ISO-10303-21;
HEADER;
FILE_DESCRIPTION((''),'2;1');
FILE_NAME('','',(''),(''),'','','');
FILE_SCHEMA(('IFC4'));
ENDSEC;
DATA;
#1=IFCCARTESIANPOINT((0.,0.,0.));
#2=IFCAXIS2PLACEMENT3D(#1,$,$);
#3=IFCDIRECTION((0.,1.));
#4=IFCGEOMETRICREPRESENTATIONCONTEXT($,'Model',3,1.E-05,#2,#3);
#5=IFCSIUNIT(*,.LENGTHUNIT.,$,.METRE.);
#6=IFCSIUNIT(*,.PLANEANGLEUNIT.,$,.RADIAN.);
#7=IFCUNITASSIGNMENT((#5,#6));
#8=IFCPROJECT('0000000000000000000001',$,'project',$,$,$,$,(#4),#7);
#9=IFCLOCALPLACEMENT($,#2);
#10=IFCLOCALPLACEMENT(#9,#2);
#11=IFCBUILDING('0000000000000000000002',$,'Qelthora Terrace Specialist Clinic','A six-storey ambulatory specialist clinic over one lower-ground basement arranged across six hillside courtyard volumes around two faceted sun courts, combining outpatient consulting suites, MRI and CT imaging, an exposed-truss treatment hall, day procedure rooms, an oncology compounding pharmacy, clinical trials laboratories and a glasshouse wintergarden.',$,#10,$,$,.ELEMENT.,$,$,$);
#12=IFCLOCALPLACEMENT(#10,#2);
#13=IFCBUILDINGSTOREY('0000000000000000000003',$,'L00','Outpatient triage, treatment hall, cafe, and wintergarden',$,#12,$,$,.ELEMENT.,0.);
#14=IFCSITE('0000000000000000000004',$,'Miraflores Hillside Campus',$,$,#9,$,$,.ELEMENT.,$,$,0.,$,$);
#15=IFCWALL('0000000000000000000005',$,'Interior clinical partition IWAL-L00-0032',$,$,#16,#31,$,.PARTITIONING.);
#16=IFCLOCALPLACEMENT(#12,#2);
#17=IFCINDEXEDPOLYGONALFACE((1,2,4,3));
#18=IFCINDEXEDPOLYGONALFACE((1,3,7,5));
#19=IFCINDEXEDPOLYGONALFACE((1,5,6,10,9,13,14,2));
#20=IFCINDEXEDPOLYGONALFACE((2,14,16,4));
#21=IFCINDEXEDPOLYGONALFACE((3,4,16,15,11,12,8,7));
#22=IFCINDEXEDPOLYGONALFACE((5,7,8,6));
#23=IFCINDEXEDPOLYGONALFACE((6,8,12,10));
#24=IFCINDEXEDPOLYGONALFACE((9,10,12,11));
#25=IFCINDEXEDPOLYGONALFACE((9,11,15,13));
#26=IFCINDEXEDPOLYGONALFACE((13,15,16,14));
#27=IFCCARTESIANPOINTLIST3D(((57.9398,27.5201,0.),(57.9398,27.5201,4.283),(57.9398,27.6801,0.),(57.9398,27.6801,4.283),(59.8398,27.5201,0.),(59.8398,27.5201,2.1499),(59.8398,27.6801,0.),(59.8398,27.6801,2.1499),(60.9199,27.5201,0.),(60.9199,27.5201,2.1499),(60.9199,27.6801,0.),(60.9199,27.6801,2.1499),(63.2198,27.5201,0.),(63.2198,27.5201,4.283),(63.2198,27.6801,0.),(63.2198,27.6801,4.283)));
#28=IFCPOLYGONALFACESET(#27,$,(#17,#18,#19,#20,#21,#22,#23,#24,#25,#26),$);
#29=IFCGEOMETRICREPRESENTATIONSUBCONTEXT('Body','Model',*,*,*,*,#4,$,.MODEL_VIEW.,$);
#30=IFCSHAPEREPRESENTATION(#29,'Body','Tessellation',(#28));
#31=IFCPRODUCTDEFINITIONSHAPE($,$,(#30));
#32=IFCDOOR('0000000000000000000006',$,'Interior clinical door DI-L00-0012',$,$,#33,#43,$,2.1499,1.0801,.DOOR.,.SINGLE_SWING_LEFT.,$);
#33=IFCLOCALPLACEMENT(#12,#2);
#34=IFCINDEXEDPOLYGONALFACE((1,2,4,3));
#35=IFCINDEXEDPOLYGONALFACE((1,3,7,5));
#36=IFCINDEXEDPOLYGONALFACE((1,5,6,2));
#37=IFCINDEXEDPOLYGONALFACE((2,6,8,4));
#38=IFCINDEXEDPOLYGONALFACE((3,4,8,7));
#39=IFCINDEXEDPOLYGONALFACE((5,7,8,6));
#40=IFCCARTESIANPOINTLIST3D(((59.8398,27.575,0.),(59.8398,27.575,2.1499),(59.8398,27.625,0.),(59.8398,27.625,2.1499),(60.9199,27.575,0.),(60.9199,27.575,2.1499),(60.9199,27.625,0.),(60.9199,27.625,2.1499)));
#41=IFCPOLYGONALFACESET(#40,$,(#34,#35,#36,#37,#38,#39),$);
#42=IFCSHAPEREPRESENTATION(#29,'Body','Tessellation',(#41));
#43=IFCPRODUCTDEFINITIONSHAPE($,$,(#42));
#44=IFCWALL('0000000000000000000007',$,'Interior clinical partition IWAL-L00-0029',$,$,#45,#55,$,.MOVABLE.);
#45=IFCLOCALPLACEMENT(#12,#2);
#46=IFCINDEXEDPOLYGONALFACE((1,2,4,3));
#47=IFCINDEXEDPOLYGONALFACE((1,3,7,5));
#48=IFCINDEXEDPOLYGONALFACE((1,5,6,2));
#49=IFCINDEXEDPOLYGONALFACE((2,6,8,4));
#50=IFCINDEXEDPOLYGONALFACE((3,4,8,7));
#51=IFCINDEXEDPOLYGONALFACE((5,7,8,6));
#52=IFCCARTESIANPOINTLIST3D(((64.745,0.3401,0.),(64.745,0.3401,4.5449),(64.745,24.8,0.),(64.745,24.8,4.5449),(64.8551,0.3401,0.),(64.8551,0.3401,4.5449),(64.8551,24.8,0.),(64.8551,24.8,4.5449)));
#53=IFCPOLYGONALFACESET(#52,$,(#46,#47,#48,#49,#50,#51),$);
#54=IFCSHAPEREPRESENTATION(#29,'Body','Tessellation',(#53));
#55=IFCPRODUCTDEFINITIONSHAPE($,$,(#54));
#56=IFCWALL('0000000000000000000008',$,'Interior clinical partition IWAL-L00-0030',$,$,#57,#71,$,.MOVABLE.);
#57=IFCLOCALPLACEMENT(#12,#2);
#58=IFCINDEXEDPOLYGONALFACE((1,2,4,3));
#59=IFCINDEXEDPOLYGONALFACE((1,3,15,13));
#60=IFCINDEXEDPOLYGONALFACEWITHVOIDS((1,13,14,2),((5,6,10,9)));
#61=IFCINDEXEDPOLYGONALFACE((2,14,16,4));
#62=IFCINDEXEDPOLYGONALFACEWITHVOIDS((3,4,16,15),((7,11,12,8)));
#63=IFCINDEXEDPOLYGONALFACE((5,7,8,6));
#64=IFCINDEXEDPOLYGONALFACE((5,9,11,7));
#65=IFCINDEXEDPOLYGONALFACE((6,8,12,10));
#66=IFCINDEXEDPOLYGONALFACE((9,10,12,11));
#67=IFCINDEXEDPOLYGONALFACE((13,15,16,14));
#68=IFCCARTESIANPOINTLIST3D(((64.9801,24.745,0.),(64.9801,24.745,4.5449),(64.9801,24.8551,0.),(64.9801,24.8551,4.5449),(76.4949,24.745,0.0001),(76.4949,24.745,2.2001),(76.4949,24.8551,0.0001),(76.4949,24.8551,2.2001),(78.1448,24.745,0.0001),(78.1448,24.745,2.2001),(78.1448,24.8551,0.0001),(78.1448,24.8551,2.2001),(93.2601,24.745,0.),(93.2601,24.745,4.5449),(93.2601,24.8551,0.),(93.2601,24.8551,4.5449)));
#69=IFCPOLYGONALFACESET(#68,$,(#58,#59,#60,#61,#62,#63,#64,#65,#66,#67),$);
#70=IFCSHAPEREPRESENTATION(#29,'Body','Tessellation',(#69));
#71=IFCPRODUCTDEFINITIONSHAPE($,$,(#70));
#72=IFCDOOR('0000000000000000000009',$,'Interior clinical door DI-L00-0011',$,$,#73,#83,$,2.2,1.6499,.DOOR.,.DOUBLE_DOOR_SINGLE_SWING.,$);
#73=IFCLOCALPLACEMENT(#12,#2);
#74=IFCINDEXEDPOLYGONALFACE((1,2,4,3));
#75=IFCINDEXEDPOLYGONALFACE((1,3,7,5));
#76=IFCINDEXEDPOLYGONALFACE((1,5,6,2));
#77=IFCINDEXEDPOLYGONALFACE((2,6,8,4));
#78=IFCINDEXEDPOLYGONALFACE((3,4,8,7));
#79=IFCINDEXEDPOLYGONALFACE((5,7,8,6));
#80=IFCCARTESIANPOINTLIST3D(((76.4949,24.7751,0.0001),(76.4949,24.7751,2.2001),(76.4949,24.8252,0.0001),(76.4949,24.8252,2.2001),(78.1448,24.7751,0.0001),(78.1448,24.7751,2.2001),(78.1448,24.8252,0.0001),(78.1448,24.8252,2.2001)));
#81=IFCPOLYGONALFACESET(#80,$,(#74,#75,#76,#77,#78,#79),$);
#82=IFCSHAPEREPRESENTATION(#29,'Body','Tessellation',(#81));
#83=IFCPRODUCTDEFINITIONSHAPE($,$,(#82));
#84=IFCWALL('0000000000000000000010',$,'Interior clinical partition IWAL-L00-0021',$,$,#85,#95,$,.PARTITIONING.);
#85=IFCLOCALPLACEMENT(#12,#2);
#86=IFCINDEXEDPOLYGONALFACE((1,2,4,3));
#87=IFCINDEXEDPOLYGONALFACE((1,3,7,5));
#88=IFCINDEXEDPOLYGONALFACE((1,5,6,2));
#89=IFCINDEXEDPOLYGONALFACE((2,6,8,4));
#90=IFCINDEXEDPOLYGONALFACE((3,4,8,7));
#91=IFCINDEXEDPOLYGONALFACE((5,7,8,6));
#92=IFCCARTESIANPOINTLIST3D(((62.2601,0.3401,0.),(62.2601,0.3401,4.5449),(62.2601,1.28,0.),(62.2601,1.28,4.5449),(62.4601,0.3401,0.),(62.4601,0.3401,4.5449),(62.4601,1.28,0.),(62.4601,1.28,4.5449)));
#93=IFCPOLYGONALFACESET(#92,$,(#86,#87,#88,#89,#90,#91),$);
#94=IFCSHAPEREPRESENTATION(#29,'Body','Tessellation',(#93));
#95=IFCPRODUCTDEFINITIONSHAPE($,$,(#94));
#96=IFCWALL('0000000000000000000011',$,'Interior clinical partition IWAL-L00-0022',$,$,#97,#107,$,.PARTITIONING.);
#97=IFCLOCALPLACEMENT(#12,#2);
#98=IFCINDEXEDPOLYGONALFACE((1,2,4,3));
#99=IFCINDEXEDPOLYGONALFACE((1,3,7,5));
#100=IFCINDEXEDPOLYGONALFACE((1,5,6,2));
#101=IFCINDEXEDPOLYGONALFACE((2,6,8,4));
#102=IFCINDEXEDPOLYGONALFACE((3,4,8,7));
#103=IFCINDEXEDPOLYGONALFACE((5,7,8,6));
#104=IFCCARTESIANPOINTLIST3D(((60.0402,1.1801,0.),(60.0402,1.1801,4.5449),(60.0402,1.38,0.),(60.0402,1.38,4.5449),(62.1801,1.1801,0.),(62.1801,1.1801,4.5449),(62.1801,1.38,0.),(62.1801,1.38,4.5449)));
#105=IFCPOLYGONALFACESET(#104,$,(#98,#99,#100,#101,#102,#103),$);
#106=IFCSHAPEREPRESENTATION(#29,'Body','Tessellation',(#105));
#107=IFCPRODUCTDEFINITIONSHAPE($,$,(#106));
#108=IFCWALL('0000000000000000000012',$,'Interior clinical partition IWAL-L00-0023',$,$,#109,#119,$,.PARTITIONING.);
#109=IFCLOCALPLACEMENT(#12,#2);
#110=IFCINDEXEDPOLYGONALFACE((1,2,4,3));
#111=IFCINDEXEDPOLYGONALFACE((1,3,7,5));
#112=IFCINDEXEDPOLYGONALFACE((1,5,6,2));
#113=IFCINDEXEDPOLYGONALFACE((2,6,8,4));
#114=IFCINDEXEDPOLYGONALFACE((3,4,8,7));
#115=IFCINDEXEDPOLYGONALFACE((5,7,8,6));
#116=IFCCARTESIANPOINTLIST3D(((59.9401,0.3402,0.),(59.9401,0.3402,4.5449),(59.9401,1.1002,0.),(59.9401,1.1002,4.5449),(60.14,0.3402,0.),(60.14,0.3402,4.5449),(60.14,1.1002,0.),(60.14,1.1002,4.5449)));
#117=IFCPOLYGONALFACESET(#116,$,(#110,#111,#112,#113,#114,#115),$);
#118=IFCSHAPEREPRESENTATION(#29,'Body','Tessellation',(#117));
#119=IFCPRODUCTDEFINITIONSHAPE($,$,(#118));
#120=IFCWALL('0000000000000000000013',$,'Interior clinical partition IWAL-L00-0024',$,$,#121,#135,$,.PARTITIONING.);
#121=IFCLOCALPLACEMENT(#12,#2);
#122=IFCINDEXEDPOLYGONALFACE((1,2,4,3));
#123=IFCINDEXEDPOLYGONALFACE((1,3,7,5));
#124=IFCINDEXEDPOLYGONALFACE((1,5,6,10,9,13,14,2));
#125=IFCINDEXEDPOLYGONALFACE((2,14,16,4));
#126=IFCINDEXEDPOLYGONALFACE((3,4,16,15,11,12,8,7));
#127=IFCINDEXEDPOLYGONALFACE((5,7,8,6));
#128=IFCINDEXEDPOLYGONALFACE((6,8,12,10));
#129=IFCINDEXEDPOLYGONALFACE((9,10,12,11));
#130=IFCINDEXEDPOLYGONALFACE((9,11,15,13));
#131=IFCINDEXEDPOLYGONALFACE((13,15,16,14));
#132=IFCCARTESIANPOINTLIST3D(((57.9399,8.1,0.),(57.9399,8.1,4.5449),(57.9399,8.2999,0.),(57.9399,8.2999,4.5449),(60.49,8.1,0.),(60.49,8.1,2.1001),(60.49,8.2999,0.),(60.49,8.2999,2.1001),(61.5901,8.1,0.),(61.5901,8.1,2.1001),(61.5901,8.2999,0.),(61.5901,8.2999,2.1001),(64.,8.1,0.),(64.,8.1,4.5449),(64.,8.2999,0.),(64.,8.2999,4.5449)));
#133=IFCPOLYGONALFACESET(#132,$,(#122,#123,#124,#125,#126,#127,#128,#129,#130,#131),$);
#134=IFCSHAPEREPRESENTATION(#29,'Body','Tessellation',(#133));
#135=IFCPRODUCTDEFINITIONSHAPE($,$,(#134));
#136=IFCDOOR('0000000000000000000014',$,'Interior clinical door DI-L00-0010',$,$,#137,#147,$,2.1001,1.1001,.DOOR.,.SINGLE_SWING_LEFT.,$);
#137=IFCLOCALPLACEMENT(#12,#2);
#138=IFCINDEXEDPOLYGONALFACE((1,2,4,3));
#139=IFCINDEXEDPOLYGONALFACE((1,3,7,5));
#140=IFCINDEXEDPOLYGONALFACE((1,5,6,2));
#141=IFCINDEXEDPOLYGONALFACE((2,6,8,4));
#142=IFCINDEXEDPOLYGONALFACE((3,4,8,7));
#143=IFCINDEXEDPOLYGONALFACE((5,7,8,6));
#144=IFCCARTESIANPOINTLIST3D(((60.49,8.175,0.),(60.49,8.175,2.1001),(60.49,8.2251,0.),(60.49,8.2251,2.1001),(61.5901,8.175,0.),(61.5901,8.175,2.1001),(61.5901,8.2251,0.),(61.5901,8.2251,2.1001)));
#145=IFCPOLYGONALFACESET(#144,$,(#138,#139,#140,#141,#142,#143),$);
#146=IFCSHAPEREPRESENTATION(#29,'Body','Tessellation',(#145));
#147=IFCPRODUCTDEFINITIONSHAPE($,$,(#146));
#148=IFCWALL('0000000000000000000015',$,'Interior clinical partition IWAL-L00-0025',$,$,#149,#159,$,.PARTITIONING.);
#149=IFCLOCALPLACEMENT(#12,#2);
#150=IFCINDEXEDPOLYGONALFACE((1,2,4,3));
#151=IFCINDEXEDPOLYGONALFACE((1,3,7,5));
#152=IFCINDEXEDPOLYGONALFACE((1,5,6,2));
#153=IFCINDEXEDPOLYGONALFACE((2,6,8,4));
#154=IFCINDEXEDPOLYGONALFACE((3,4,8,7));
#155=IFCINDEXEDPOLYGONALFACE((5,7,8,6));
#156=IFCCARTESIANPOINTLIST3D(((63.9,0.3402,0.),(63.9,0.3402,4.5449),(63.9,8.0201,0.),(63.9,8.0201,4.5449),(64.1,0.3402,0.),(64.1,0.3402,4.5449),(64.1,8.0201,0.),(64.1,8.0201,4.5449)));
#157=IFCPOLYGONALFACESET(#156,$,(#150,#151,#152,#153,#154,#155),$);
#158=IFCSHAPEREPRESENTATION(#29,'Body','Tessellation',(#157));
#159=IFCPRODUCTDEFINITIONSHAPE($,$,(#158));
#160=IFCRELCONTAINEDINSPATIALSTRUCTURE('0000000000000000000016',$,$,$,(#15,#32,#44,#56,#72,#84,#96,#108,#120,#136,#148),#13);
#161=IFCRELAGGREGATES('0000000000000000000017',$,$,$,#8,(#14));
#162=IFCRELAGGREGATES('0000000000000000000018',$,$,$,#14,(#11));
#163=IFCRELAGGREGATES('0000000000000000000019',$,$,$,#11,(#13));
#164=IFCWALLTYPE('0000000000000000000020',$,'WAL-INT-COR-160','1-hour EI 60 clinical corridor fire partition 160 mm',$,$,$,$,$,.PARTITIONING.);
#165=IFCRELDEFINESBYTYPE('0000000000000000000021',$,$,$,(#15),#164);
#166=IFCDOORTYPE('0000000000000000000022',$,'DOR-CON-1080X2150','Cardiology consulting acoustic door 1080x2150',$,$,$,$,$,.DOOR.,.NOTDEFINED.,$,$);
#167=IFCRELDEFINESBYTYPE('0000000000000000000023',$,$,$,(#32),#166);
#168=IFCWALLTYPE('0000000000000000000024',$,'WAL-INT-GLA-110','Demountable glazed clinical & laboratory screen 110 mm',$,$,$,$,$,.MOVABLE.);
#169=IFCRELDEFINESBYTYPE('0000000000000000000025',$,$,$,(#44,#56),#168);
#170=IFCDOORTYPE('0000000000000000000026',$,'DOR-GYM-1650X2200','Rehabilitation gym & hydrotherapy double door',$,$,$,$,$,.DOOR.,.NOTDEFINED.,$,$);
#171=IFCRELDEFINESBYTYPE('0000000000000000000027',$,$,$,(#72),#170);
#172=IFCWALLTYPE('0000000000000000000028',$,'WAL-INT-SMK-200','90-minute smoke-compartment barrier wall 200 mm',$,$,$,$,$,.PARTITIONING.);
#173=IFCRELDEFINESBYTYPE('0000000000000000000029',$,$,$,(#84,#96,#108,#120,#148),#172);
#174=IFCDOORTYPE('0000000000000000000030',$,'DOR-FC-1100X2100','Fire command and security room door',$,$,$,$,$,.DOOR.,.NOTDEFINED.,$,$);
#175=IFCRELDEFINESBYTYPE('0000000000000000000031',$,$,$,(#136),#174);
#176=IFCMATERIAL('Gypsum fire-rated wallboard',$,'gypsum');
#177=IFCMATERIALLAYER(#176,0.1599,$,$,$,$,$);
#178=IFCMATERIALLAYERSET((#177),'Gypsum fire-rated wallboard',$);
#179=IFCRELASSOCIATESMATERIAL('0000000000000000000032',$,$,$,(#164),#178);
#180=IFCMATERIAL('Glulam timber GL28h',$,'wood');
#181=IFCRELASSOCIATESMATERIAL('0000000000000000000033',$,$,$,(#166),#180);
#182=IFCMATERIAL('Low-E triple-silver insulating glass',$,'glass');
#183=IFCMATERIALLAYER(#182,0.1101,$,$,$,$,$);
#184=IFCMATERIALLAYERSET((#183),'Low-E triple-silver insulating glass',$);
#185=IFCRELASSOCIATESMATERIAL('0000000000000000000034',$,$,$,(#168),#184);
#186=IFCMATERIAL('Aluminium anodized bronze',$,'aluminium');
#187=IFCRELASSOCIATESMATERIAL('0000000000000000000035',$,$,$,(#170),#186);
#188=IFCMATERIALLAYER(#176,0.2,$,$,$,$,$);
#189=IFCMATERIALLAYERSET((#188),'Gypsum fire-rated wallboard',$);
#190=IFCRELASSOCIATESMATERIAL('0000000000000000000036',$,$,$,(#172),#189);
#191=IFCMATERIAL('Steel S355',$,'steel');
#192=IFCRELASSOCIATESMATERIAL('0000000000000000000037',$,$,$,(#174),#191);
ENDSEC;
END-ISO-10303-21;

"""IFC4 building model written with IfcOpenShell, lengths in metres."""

from ifc_helpers import new_model, si_unit, direction, frame, frame_2d, origin, place, context, subcontext, project, spatial, rectangle, extrude, material, layer, layer_set, type_object, element, fill, save


model = new_model("IFC4")

# Units and contexts
model_context = context("Model", 3, precision=1e-05, world=origin(), true_north=direction((0.0, 1.0)))
body_context = subcontext(model_context, "Body", "Model", "MODEL_VIEW")
ifc_project = project(units=[si_unit("LENGTHUNIT", "METRE"), si_unit("PLANEANGLEUNIT", "RADIAN")], contexts=[model_context])

# Site, building, storey
site_placement = place(None, origin())
site = spatial("IfcSite", under=ifc_project, at=site_placement, Name="Miraflores Hillside Campus", CompositionType="ELEMENT", RefElevation=0.0)
building_placement = place(site_placement, origin())
building = spatial("IfcBuilding", under=site, at=building_placement, Name="Qelthora Terrace Specialist Clinic", Description="A six-storey ambulatory specialist clinic over one lower-ground basement arranged across six hillside courtyard volumes around two faceted sun courts, combining outpatient consulting suites, MRI and CT imaging, an exposed-truss treatment hall, day procedure rooms, an oncology compounding pharmacy, clinical trials laboratories and a glasshouse wintergarden.", CompositionType="ELEMENT")
storey_placement = place(building_placement, origin())
storey = spatial("IfcBuildingStorey", under=building, at=storey_placement, Name="L00", Description="Outpatient triage, treatment hall, cafe, and wintergarden", CompositionType="ELEMENT", Elevation=0.0)

# Shared definitions
ifc_material_1 = material(Name="Steel S355", Category="steel")

# Shared definitions
ifc_material_2 = material(Name="Aluminium anodized bronze", Category="aluminium")
ifc_material_3 = material(Name="Low-E triple-silver insulating glass", Category="glass")

# Shared definitions
ifc_material_4 = material(Name="Gypsum fire-rated wallboard", Category="gypsum")

# Wall, opening, door
ifc_layer_1 = layer(ifc_material_4, 0.1599)
ifc_layer_set_1 = layer_set([ifc_layer_1], Name="Gypsum fire-rated wallboard")
wall_type_1 = type_object("IfcWallType", Name="WAL-INT-COR-160", Description="1-hour EI 60 clinical corridor fire partition 160 mm", PredefinedType="PARTITIONING", material=ifc_layer_set_1)
wall_1_placement = place(storey_placement, frame((63.22, 27.6001, 0.0), z_axis=(0.0, 0.0, 1.0), x_axis=(-1.0, 0.0, 0.0)))
wall_1 = element("IfcWall", 1, at=wall_1_placement, inside=storey, type_object=wall_type_1, Name="Interior clinical partition IWAL-L00-0032", PredefinedType="PARTITIONING", context=body_context, shape_type="SweptSolid", body=[
    extrude(rectangle(XDim=5.28, YDim=0.1599, at=frame_2d((2.6401, 0.0))), origin(), (0.0, 0.0, 1.0), 4.283),
])
opening_1_placement = place(wall_1_placement, frame((2.3, 0.0, 0.0)))
opening_1 = element("IfcOpeningElement", 2, at=opening_1_placement, cuts=wall_1, PredefinedType="OPENING", context=body_context, shape_type="SweptSolid", body=[
    extrude(rectangle(XDim=1.0801, YDim=2.1499, at=frame_2d((0.54, 1.075))), frame((0.0, 0.0898, 0.0), z_axis=(0.0, -1.0, 0.0), x_axis=(1.0, 0.0, 0.0)), (0.0, 0.0, 1.0), 0.1799),
])
ifc_material_5 = material(Name="Glulam timber GL28h", Category="wood")
door_type_1 = type_object("IfcDoorType", Name="DOR-CON-1080X2150", Description="Cardiology consulting acoustic door 1080x2150", OperationType="NOTDEFINED", PredefinedType="DOOR", material=ifc_material_5)
door_1_placement = place(opening_1_placement, frame((1.0801, 0.0, 0.0), z_axis=(0.0, 0.0, 1.0), x_axis=(-1.0, 0.0, 0.0)))
door_1 = element("IfcDoor", 3, at=door_1_placement, inside=storey, type_object=door_type_1, Name="Interior clinical door DI-L00-0012", OperationType="SINGLE_SWING_LEFT", OverallHeight=2.1499, OverallWidth=1.0801, PredefinedType="DOOR", context=body_context, shape_type="SweptSolid", body=[
    extrude(rectangle(XDim=1.0801, YDim=2.1499, at=frame_2d((0.54, 1.075))), frame((0.0, 0.0249, 0.0), z_axis=(0.0, -1.0, 0.0), x_axis=(1.0, 0.0, 0.0)), (0.0, 0.0, 1.0), 0.05),
])
fill(opening_1, door_1)

# Wall
ifc_layer_2 = layer(ifc_material_3, 0.1101)
ifc_layer_set_2 = layer_set([ifc_layer_2], Name="Low-E triple-silver insulating glass")
wall_type_2 = type_object("IfcWallType", Name="WAL-INT-GLA-110", Description="Demountable glazed clinical & laboratory screen 110 mm", PredefinedType="MOVABLE", material=ifc_layer_set_2)
wall_2_placement = place(storey_placement, frame((64.8, 0.3401, 0.0), z_axis=(0.0, 0.0, 1.0), x_axis=(0.0, 1.0, 0.0)))
element("IfcWall", 4, at=wall_2_placement, inside=storey, type_object=wall_type_2, Name="Interior clinical partition IWAL-L00-0029", PredefinedType="MOVABLE", context=body_context, shape_type="SweptSolid", body=[
    extrude(rectangle(XDim=24.46, YDim=0.1101, at=frame_2d((12.23, 0.0))), origin(), (0.0, 0.0, 1.0), 4.5449),
])

# Wall, opening, door
wall_3_placement = place(storey_placement, frame((64.98, 24.8, 0.0), z_axis=(0.0, 0.0, 1.0), x_axis=(1.0, 0.0, 0.0)))
wall_3 = element("IfcWall", 5, at=wall_3_placement, inside=storey, type_object=wall_type_2, Name="Interior clinical partition IWAL-L00-0030", PredefinedType="MOVABLE", context=body_context, shape_type="SweptSolid", body=[
    extrude(rectangle(XDim=28.28, YDim=0.1101, at=frame_2d((14.1401, 0.0))), origin(), (0.0, 0.0, 1.0), 4.5449),
])
opening_2_placement = place(wall_3_placement, frame((11.5149, 0.0, 0.0)))
opening_2 = element("IfcOpeningElement", 6, at=opening_2_placement, cuts=wall_3, PredefinedType="OPENING", context=body_context, shape_type="SweptSolid", body=[
    extrude(rectangle(XDim=1.6499, YDim=2.2, at=frame_2d((0.825, 1.1001))), frame((0.0, 0.0649, 0.0), z_axis=(0.0, -1.0, 0.0), x_axis=(1.0, 0.0, 0.0)), (0.0, 0.0, 1.0), 0.1301),
])
door_type_2 = type_object("IfcDoorType", Name="DOR-GYM-1650X2200", Description="Rehabilitation gym & hydrotherapy double door", OperationType="NOTDEFINED", PredefinedType="DOOR", material=ifc_material_2)
door_2_placement = place(opening_2_placement, frame((1.6499, 0.0, 0.0), z_axis=(0.0, 0.0, 1.0), x_axis=(-1.0, 0.0, 0.0)))
door_2 = element("IfcDoor", 7, at=door_2_placement, inside=storey, type_object=door_type_2, Name="Interior clinical door DI-L00-0011", OperationType="DOUBLE_DOOR_SINGLE_SWING", OverallHeight=2.2, OverallWidth=1.6499, PredefinedType="DOOR", context=body_context, shape_type="SweptSolid", body=[
    extrude(rectangle(XDim=1.6499, YDim=2.2, at=frame_2d((0.825, 1.1001))), frame((0.0, 0.0249, 0.0), z_axis=(0.0, -1.0, 0.0), x_axis=(1.0, 0.0, 0.0)), (0.0, 0.0, 1.0), 0.05),
])
fill(opening_2, door_2)

# Walls
ifc_layer_3 = layer(ifc_material_4, 0.2)
ifc_layer_set_3 = layer_set([ifc_layer_3], Name="Gypsum fire-rated wallboard")
wall_type_3 = type_object("IfcWallType", Name="WAL-INT-SMK-200", Description="90-minute smoke-compartment barrier wall 200 mm", PredefinedType="PARTITIONING", material=ifc_layer_set_3)
wall_4_placement = place(storey_placement, frame((62.3601, 0.3401, 0.0), z_axis=(0.0, 0.0, 1.0), x_axis=(0.0, 1.0, 0.0)))
element("IfcWall", 8, at=wall_4_placement, inside=storey, type_object=wall_type_3, Name="Interior clinical partition IWAL-L00-0021", PredefinedType="PARTITIONING", context=body_context, shape_type="SweptSolid", body=[
    extrude(rectangle(XDim=0.9399, YDim=0.2, at=frame_2d((0.47, 0.0))), origin(), (0.0, 0.0, 1.0), 4.5449),
])
wall_5_placement = place(storey_placement, frame((62.1799, 1.28, 0.0), z_axis=(0.0, 0.0, 1.0), x_axis=(-1.0, 0.0, 0.0)))
element("IfcWall", 9, at=wall_5_placement, inside=storey, type_object=wall_type_3, Name="Interior clinical partition IWAL-L00-0022", PredefinedType="PARTITIONING", context=body_context, shape_type="SweptSolid", body=[
    extrude(rectangle(XDim=2.1399, YDim=0.2, at=frame_2d((1.0698, 0.0))), origin(), (0.0, 0.0, 1.0), 4.5449),
])
wall_6_placement = place(storey_placement, frame((60.04, 1.1001, 0.0), z_axis=(0.0, 0.0, 1.0), x_axis=(0.0, -1.0, 0.0)))
element("IfcWall", 10, at=wall_6_placement, inside=storey, type_object=wall_type_3, Name="Interior clinical partition IWAL-L00-0023", PredefinedType="PARTITIONING", context=body_context, shape_type="SweptSolid", body=[
    extrude(rectangle(XDim=0.76, YDim=0.2, at=frame_2d((0.3799, 0.0))), origin(), (0.0, 0.0, 1.0), 4.5449),
])

# Wall, opening, door
wall_7_placement = place(storey_placement, frame((57.9399, 8.2, 0.0), z_axis=(0.0, 0.0, 1.0), x_axis=(1.0, 0.0, 0.0)))
wall_7 = element("IfcWall", 11, at=wall_7_placement, inside=storey, type_object=wall_type_3, Name="Interior clinical partition IWAL-L00-0024", PredefinedType="PARTITIONING", context=body_context, shape_type="SweptSolid", body=[
    extrude(rectangle(XDim=6.0601, YDim=0.2, at=frame_2d((3.03, 0.0))), origin(), (0.0, 0.0, 1.0), 4.5449),
])
opening_3_placement = place(wall_7_placement, frame((2.55, 0.0, 0.0)))
opening_3 = element("IfcOpeningElement", 12, at=opening_3_placement, cuts=wall_7, PredefinedType="OPENING", context=body_context, shape_type="SweptSolid", body=[
    extrude(rectangle(XDim=1.1001, YDim=2.1001, at=frame_2d((0.55, 1.05))), frame((0.0, 0.1099, 0.0), z_axis=(0.0, -1.0, 0.0), x_axis=(1.0, 0.0, 0.0)), (0.0, 0.0, 1.0), 0.22),
])
door_type_3 = type_object("IfcDoorType", Name="DOR-FC-1100X2100", Description="Fire command and security room door", OperationType="NOTDEFINED", PredefinedType="DOOR", material=ifc_material_1)
door_3_placement = place(opening_3_placement, frame((1.1001, 0.0, 0.0), z_axis=(0.0, 0.0, 1.0), x_axis=(-1.0, 0.0, 0.0)))
door_3 = element("IfcDoor", 13, at=door_3_placement, inside=storey, type_object=door_type_3, Name="Interior clinical door DI-L00-0010", OperationType="SINGLE_SWING_LEFT", OverallHeight=2.1001, OverallWidth=1.1001, PredefinedType="DOOR", context=body_context, shape_type="SweptSolid", body=[
    extrude(rectangle(XDim=1.1001, YDim=2.1001, at=frame_2d((0.55, 1.05))), frame((0.0, 0.0249, 0.0), z_axis=(0.0, -1.0, 0.0), x_axis=(1.0, 0.0, 0.0)), (0.0, 0.0, 1.0), 0.05),
])
fill(opening_3, door_3)

# Wall
wall_8_placement = place(storey_placement, frame((64.0, 8.02, 0.0), z_axis=(0.0, 0.0, 1.0), x_axis=(0.0, -1.0, 0.0)))
element("IfcWall", 14, at=wall_8_placement, inside=storey, type_object=wall_type_3, Name="Interior clinical partition IWAL-L00-0025", PredefinedType="PARTITIONING", context=body_context, shape_type="SweptSolid", body=[
    extrude(rectangle(XDim=7.6799, YDim=0.2, at=frame_2d((3.8398, 0.0))), origin(), (0.0, 0.0, 1.0), 4.5449),
])

save(model, "model.ifc")
